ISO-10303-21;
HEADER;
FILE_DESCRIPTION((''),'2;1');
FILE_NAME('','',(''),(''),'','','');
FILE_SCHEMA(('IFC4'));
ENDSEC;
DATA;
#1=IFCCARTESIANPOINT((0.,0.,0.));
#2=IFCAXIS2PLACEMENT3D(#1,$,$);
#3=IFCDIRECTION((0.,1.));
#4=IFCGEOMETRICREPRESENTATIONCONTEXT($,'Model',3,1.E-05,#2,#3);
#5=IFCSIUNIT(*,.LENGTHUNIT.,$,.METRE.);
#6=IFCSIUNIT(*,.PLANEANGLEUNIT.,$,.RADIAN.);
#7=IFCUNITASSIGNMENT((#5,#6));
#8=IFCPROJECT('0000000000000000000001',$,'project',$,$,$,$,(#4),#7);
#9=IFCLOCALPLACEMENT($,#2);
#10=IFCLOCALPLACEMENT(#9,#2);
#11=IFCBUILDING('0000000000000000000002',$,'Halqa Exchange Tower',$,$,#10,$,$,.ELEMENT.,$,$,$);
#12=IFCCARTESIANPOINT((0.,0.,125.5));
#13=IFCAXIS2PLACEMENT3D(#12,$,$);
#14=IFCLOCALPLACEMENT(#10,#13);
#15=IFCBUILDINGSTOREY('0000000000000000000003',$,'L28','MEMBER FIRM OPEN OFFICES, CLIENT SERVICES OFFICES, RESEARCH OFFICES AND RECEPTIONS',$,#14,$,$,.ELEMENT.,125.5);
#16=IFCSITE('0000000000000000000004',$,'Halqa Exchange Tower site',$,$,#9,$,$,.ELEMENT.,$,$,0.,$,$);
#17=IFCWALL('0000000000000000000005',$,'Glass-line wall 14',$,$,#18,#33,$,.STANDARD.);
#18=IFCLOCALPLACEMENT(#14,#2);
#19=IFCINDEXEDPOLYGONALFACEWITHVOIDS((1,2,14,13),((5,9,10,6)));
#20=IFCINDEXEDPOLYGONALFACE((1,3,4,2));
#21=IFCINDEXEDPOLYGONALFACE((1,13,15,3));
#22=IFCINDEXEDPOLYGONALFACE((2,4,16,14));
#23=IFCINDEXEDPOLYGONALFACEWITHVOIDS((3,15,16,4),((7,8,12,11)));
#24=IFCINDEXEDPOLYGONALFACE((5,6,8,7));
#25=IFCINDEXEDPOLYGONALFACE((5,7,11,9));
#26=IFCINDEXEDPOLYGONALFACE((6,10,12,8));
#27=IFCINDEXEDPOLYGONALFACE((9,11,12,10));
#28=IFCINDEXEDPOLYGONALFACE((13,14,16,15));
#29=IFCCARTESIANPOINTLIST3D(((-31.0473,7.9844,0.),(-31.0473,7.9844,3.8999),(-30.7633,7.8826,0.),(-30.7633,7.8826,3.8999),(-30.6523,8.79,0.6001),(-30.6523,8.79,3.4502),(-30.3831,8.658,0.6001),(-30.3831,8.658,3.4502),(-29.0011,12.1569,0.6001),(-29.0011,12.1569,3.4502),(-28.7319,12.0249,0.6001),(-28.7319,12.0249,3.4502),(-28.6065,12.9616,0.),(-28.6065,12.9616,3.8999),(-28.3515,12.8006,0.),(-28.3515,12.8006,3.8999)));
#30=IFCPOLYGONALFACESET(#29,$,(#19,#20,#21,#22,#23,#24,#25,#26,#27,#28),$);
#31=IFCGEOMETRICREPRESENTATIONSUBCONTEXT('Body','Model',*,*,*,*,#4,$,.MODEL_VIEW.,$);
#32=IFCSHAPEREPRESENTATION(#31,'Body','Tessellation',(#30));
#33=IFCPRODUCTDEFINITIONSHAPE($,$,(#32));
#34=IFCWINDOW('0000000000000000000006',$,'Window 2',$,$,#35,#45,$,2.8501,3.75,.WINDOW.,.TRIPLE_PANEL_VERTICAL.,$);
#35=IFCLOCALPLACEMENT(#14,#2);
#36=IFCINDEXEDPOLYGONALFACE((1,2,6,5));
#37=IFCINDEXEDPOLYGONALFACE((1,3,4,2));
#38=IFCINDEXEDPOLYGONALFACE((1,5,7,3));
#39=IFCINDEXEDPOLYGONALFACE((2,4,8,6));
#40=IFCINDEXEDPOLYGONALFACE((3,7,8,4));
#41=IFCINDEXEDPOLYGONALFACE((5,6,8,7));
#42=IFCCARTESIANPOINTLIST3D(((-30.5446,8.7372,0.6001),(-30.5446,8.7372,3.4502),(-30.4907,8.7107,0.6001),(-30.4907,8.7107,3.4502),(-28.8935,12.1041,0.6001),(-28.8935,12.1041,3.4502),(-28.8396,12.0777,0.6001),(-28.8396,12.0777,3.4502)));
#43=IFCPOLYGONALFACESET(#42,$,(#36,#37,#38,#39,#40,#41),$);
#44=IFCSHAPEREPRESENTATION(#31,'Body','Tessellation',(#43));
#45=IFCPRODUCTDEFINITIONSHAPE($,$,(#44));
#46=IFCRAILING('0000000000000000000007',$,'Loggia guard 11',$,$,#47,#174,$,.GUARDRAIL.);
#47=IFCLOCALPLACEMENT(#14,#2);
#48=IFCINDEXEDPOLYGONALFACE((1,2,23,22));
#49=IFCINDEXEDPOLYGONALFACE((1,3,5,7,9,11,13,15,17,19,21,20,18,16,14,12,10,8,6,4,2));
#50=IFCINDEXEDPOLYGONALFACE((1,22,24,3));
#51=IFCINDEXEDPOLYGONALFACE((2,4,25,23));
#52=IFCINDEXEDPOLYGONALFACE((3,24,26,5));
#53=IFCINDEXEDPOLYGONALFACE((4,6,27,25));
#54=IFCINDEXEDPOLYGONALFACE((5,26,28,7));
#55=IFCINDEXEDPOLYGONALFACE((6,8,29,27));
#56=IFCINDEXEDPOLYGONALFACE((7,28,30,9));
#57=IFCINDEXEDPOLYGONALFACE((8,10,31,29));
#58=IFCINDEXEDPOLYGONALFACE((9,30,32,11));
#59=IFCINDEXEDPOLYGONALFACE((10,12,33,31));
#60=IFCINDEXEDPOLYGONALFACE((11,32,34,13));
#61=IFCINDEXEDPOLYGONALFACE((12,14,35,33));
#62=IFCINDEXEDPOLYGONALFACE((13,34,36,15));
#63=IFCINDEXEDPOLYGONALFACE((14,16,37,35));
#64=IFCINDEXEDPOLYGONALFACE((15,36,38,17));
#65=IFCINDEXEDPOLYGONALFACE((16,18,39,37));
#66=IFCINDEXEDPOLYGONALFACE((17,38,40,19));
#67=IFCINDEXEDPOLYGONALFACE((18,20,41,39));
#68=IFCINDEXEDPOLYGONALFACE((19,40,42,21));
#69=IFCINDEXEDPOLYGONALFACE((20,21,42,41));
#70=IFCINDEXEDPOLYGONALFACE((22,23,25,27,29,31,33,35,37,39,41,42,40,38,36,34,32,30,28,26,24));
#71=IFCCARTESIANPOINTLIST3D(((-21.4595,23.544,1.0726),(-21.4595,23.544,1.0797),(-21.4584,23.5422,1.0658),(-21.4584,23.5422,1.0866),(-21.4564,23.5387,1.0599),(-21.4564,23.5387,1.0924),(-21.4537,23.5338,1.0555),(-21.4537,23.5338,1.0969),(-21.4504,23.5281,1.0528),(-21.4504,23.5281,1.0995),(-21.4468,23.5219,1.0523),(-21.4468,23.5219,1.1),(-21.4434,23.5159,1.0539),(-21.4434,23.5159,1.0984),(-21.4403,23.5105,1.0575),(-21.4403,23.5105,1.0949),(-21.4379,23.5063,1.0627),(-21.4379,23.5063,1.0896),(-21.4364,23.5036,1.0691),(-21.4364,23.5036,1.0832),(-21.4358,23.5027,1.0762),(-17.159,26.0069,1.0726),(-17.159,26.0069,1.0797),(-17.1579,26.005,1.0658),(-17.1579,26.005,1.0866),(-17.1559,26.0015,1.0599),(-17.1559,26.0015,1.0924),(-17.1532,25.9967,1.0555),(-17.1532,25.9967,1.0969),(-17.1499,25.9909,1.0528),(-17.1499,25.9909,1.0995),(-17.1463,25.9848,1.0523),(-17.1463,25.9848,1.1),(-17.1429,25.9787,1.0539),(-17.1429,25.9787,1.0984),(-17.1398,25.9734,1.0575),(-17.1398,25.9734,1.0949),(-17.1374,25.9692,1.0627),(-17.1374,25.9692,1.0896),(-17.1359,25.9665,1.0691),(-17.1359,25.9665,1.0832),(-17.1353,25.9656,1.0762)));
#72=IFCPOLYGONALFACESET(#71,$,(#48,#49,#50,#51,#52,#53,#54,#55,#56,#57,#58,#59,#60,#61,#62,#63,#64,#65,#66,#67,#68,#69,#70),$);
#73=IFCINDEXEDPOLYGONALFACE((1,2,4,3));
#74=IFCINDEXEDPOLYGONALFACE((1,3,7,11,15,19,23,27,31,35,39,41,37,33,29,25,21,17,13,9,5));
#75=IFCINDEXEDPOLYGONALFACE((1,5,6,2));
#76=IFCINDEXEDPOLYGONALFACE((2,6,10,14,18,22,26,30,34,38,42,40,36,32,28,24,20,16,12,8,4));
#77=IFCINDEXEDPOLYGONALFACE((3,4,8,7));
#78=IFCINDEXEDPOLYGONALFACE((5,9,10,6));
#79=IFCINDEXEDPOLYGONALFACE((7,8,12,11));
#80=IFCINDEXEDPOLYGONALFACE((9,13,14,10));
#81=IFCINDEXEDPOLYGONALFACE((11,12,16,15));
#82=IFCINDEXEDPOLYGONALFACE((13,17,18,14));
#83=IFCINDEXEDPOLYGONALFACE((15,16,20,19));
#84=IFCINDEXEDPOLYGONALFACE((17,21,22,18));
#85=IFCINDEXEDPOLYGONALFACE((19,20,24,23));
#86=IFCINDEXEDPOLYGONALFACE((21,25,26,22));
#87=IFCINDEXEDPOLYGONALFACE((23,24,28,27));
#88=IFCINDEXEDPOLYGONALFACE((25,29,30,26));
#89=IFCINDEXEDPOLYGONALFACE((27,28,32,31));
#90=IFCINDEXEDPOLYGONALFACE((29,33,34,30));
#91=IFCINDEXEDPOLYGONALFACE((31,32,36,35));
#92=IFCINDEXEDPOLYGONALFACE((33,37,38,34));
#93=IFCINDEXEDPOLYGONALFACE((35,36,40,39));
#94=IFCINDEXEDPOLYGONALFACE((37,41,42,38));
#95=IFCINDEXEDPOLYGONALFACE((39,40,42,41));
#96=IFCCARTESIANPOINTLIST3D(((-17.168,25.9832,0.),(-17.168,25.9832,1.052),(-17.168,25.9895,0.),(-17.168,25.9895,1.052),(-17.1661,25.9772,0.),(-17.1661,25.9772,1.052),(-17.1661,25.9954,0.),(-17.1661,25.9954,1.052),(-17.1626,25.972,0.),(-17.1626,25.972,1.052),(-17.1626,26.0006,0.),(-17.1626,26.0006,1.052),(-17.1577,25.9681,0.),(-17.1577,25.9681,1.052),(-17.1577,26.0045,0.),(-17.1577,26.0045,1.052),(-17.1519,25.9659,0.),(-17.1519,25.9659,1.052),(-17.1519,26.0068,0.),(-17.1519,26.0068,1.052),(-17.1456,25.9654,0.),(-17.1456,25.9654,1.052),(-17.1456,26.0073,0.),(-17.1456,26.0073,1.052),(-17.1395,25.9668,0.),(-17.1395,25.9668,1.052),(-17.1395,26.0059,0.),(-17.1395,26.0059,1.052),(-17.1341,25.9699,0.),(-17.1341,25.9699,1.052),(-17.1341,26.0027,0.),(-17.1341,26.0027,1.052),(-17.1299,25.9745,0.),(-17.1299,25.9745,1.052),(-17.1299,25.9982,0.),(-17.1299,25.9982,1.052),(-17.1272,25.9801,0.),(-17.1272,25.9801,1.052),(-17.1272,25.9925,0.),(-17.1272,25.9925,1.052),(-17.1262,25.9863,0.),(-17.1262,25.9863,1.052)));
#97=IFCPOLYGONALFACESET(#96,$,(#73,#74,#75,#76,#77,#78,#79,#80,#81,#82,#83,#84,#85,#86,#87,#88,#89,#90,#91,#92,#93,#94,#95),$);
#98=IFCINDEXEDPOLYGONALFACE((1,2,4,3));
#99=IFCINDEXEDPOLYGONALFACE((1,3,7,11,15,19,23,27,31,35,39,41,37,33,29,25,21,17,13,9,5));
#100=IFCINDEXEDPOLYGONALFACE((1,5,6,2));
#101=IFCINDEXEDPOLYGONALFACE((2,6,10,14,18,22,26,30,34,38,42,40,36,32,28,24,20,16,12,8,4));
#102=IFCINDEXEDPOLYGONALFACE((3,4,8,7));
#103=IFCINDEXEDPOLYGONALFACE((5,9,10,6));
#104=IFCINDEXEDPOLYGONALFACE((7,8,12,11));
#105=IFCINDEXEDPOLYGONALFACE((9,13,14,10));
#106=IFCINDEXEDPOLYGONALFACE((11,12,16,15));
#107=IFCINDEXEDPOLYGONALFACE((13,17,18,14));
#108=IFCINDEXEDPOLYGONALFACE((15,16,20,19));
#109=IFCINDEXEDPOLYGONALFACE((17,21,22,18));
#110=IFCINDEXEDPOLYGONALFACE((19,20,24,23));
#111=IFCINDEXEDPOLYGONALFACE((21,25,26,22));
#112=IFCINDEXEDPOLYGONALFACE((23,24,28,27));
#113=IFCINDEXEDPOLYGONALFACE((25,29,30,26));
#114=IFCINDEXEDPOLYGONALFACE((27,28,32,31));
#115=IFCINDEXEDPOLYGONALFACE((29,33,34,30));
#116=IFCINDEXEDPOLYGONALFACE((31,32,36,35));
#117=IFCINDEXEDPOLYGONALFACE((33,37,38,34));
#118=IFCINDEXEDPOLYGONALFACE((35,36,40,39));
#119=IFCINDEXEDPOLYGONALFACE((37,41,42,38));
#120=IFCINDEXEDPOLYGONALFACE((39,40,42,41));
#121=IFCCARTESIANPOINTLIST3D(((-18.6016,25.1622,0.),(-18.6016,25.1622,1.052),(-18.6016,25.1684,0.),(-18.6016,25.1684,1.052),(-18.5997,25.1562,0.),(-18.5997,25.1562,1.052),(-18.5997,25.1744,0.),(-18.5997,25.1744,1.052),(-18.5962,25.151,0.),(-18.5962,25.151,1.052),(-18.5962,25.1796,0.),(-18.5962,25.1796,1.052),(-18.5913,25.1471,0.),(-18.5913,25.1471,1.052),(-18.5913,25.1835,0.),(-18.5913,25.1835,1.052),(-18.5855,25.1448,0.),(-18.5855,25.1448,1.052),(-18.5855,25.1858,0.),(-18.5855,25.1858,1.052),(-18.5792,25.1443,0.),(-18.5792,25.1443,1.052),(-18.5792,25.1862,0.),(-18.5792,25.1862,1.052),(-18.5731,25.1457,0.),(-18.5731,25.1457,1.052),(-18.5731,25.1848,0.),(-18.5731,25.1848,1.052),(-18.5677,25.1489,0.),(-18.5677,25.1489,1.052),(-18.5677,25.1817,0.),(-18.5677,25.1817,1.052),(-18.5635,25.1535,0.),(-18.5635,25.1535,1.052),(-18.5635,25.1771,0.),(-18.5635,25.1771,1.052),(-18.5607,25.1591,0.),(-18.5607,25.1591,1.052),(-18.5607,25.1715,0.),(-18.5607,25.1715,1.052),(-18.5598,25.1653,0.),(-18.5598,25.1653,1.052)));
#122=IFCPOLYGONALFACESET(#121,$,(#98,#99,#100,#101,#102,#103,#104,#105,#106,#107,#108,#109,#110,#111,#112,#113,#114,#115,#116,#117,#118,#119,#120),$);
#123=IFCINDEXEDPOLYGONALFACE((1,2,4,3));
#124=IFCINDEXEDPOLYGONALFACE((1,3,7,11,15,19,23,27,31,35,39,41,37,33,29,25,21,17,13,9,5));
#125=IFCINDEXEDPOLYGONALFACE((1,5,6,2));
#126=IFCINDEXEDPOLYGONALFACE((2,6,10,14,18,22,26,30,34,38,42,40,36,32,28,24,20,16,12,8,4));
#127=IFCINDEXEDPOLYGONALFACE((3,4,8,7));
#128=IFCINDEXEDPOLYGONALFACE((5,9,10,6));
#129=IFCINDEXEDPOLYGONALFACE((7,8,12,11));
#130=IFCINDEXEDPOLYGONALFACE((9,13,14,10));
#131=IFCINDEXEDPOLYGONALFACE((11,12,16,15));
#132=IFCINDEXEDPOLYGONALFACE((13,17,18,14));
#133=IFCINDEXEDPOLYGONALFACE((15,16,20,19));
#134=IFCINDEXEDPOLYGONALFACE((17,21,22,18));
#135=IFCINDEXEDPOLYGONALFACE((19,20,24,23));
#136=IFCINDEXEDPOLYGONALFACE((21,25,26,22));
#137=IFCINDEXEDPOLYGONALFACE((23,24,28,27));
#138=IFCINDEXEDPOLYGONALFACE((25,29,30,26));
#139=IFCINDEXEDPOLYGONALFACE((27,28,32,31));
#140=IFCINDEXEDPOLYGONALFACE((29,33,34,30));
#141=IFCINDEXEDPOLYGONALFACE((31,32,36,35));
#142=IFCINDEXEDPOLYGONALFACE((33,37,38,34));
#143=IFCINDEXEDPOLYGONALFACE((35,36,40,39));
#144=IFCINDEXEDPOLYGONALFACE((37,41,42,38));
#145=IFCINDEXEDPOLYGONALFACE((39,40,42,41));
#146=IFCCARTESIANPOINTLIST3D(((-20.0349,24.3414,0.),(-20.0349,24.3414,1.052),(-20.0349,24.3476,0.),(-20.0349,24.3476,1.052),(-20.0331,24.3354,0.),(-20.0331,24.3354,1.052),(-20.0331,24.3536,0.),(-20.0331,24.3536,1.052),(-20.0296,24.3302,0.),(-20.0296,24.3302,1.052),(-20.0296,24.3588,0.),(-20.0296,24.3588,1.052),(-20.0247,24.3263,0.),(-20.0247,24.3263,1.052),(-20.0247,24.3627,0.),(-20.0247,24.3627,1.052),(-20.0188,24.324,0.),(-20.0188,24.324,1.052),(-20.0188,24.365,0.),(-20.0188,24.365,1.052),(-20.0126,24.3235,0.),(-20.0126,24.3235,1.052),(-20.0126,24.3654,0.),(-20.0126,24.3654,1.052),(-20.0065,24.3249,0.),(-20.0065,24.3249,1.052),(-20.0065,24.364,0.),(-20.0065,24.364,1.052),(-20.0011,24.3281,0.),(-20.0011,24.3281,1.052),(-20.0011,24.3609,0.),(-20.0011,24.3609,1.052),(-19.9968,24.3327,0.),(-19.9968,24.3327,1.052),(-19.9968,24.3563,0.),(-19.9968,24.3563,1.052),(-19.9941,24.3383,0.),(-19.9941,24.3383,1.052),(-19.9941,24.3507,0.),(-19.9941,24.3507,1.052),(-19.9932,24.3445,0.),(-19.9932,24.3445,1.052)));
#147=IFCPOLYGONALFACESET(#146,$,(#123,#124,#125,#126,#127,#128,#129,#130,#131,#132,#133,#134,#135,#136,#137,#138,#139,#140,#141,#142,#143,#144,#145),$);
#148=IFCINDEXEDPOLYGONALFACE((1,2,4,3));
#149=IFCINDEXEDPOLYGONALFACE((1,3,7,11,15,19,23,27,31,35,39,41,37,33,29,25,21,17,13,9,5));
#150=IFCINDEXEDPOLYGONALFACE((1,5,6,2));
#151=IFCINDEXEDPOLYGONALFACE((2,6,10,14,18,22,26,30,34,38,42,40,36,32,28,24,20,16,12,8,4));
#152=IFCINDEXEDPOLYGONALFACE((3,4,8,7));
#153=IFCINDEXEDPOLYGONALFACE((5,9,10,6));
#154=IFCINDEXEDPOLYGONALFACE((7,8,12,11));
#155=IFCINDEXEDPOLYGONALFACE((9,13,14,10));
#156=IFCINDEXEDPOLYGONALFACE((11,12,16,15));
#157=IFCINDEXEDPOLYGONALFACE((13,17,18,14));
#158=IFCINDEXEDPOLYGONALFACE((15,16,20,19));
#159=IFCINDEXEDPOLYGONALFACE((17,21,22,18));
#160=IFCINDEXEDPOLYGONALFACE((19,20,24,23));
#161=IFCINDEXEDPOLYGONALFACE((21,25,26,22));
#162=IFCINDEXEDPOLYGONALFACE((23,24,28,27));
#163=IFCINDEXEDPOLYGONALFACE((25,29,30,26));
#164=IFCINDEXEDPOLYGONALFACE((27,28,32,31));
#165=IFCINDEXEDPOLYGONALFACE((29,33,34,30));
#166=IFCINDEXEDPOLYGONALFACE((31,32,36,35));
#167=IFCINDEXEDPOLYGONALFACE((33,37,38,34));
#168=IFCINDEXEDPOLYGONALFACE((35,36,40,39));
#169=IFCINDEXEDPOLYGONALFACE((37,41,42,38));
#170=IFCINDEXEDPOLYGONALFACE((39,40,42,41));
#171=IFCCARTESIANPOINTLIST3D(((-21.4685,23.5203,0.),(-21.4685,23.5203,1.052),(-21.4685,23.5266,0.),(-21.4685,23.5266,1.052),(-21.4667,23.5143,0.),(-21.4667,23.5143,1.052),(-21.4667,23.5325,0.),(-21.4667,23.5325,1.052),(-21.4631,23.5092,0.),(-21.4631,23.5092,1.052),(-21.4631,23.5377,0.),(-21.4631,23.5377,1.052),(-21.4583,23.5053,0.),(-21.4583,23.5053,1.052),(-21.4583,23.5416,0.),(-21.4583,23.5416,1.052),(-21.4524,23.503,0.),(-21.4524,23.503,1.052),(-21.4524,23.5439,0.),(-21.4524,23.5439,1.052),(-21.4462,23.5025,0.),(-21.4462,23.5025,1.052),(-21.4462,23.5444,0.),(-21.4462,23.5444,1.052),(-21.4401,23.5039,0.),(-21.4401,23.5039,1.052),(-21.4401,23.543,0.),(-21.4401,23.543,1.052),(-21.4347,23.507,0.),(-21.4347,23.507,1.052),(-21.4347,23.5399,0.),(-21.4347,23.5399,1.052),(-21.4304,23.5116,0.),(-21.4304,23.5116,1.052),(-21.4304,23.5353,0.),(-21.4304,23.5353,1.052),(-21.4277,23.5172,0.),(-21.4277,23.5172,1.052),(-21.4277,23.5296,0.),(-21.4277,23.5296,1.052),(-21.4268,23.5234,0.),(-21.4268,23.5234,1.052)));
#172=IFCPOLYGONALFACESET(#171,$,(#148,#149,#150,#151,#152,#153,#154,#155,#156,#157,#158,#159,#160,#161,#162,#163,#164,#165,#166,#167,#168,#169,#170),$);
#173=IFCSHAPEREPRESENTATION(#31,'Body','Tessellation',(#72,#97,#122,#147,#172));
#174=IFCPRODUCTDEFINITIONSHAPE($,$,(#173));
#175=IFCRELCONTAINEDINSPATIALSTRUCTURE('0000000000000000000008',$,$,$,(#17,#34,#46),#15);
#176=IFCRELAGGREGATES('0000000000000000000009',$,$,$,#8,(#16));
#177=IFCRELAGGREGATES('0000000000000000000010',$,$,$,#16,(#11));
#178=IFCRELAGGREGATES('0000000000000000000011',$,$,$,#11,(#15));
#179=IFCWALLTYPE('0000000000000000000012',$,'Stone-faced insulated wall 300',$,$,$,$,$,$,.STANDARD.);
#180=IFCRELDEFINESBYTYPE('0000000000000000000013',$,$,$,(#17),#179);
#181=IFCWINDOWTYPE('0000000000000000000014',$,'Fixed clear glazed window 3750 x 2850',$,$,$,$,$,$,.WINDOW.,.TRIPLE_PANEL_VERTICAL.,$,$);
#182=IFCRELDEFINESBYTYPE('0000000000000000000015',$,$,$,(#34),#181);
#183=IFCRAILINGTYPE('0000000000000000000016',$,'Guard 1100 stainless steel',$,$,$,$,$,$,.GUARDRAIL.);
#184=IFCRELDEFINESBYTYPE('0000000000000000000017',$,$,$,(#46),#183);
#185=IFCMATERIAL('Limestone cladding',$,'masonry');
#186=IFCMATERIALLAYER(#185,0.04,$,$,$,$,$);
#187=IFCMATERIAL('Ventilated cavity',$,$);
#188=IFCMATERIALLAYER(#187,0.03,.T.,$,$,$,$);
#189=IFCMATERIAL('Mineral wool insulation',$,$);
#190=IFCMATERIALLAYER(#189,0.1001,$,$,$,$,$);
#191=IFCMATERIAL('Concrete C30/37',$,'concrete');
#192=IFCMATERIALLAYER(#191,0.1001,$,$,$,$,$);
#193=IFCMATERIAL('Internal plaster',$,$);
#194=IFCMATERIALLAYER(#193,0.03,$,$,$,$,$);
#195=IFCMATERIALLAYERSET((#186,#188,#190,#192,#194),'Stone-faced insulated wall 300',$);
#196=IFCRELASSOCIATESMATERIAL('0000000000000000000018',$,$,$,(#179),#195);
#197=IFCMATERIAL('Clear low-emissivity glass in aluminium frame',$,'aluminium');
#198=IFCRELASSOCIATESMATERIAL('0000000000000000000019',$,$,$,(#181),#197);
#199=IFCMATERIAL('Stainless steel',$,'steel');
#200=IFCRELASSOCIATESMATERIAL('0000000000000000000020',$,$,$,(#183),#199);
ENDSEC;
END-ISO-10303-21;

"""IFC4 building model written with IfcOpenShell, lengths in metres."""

from ifc_helpers import new_model, si_unit, direction, frame, frame_2d, origin, origin_2d, place, context, subcontext, project, spatial, polyline, rectangle, circle, outline, extrude, material, layer, layer_set, type_object, element, fill, save


model = new_model("IFC4")

# Units and contexts
model_context = context("Model", 3, precision=1e-05, world=origin(), true_north=direction((0.0, 1.0)))
body_context = subcontext(model_context, "Body", "Model", "MODEL_VIEW")
ifc_project = project(units=[si_unit("LENGTHUNIT", "METRE"), si_unit("PLANEANGLEUNIT", "RADIAN")], contexts=[model_context])

# Site, building, storey
site_placement = place(None, origin())
site = spatial("IfcSite", under=ifc_project, at=site_placement, Name="Halqa Exchange Tower site", CompositionType="ELEMENT", RefElevation=0.0)
building_placement = place(site_placement, origin())
building = spatial("IfcBuilding", under=site, at=building_placement, Name="Halqa Exchange Tower", CompositionType="ELEMENT")
storey_placement = place(building_placement, frame((0.0, 0.0, 125.5)))
storey = spatial("IfcBuildingStorey", under=building, at=storey_placement, Name="L28", Description="MEMBER FIRM OPEN OFFICES, CLIENT SERVICES OFFICES, RESEARCH OFFICES AND RECEPTIONS", CompositionType="ELEMENT", Elevation=125.5)

# Shared definitions
ifc_material_1 = material(Name="Limestone cladding", Category="masonry")
ifc_layer_1 = layer(ifc_material_1, 0.04)
ifc_material_2 = material(Name="Ventilated cavity")
ifc_layer_2 = layer(ifc_material_2, 0.03, ventilated=True)
ifc_material_3 = material(Name="Mineral wool insulation")
ifc_layer_3 = layer(ifc_material_3, 0.1001)
ifc_material_4 = material(Name="Concrete C30/37", Category="concrete")
ifc_layer_4 = layer(ifc_material_4, 0.1001)
ifc_material_5 = material(Name="Internal plaster")
ifc_layer_5 = layer(ifc_material_5, 0.03)
ifc_layer_set_1 = layer_set([ifc_layer_1, ifc_layer_2, ifc_layer_3, ifc_layer_4, ifc_layer_5], Name="Stone-faced insulated wall 300")
wall_type_1 = type_object("IfcWallType", Name="Stone-faced insulated wall 300", PredefinedType="STANDARD", material=ifc_layer_set_1)
ifc_material_6 = material(Name="Clear low-emissivity glass in aluminium frame", Category="aluminium")
window_type = type_object("IfcWindowType", Name="Fixed clear glazed window 3750 x 2850", PartitioningType="TRIPLE_PANEL_VERTICAL", PredefinedType="WINDOW", material=ifc_material_6)

# Wall, opening, window
wall_1_placement = place(storey_placement, frame((-28.479, 12.8811, 0.0), z_axis=(0.0, 0.0, 1.0), x_axis=(-0.440306, -0.897848, 0.0)))
wall_1 = element("IfcWall", 1, at=wall_1_placement, inside=storey, type_object=wall_type_1, Name="Glass-line wall 14", PredefinedType="STANDARD", context=body_context, shape_type="SweptSolid", body=[
    extrude(outline(polyline([(-0.0161, -0.1499), (5.5273, -0.1499), (5.4937, 0.1499), (0.0161, 0.1499), (-0.0161, -0.1499)])), origin(), (0.0, 0.0, 1.0), 3.8999),
])
opening_1_placement = place(wall_1_placement, frame((0.8801, 0.0, 0.6001)))
opening_1 = element("IfcOpeningElement", 2, at=opening_1_placement, cuts=wall_1, PredefinedType="OPENING", context=body_context, shape_type="SweptSolid", body=[
    extrude(rectangle(XDim=3.75, YDim=2.8501, at=frame_2d((1.875, 1.425))), frame((0.0, 0.1621, 0.0), z_axis=(0.0, -1.0, 0.0), x_axis=(1.0, 0.0, 0.0)), (0.0, 0.0, 1.0), 0.324),
])
window_1_placement = place(opening_1_placement, origin())
window_1 = element("IfcWindow", 3, at=window_1_placement, inside=storey, type_object=window_type, Name="Window 2", OverallHeight=2.8501, OverallWidth=3.75, PartitioningType="TRIPLE_PANEL_VERTICAL", PredefinedType="WINDOW", context=body_context, shape_type="SweptSolid", body=[
    extrude(rectangle(XDim=3.75, YDim=2.8501, at=frame_2d((1.875, 1.425))), frame((0.0, 0.03, 0.0), z_axis=(0.0, -1.0, 0.0), x_axis=(1.0, 0.0, 0.0)), (0.0, 0.0, 1.0), 0.0601),
])
fill(opening_1, window_1)

# Railing
ifc_material_7 = material(Name="Stainless steel", Category="steel")
railing_type = type_object("IfcRailingType", Name="Guard 1100 stainless steel", PredefinedType="GUARDRAIL", material=ifc_material_7)
railing_1_placement = place(storey_placement, frame((-17.1472, 25.9863, 0.0)))
element("IfcRailing", 4, at=railing_1_placement, inside=storey, type_object=railing_type, Name="Loggia guard 11", PredefinedType="GUARDRAIL", context=body_context, shape_type="SweptSolid", body=[
    extrude(circle(Radius=0.0239, at=origin_2d()), frame((0.0, 0.0, 1.0762), z_axis=(-0.86777, -0.496966, 0.0), x_axis=(0.496966, -0.86777, 0.0)), (0.0, 0.0, 1.0), 4.9558),
    extrude(circle(Radius=0.021, at=origin_2d()), origin(), (0.0, 0.0, 1.0), 1.052),
    extrude(circle(Radius=0.021, at=origin_2d()), frame((-1.4336, -0.821, 0.0)), (0.0, 0.0, 1.0), 1.052),
    extrude(circle(Radius=0.021, at=origin_2d()), frame((-2.8669, -1.6418, 0.0)), (0.0, 0.0, 1.0), 1.052),
    extrude(circle(Radius=0.021, at=origin_2d()), frame((-4.3005, -2.4629, 0.0)), (0.0, 0.0, 1.0), 1.052),
])

save(model, "model.ifc")
